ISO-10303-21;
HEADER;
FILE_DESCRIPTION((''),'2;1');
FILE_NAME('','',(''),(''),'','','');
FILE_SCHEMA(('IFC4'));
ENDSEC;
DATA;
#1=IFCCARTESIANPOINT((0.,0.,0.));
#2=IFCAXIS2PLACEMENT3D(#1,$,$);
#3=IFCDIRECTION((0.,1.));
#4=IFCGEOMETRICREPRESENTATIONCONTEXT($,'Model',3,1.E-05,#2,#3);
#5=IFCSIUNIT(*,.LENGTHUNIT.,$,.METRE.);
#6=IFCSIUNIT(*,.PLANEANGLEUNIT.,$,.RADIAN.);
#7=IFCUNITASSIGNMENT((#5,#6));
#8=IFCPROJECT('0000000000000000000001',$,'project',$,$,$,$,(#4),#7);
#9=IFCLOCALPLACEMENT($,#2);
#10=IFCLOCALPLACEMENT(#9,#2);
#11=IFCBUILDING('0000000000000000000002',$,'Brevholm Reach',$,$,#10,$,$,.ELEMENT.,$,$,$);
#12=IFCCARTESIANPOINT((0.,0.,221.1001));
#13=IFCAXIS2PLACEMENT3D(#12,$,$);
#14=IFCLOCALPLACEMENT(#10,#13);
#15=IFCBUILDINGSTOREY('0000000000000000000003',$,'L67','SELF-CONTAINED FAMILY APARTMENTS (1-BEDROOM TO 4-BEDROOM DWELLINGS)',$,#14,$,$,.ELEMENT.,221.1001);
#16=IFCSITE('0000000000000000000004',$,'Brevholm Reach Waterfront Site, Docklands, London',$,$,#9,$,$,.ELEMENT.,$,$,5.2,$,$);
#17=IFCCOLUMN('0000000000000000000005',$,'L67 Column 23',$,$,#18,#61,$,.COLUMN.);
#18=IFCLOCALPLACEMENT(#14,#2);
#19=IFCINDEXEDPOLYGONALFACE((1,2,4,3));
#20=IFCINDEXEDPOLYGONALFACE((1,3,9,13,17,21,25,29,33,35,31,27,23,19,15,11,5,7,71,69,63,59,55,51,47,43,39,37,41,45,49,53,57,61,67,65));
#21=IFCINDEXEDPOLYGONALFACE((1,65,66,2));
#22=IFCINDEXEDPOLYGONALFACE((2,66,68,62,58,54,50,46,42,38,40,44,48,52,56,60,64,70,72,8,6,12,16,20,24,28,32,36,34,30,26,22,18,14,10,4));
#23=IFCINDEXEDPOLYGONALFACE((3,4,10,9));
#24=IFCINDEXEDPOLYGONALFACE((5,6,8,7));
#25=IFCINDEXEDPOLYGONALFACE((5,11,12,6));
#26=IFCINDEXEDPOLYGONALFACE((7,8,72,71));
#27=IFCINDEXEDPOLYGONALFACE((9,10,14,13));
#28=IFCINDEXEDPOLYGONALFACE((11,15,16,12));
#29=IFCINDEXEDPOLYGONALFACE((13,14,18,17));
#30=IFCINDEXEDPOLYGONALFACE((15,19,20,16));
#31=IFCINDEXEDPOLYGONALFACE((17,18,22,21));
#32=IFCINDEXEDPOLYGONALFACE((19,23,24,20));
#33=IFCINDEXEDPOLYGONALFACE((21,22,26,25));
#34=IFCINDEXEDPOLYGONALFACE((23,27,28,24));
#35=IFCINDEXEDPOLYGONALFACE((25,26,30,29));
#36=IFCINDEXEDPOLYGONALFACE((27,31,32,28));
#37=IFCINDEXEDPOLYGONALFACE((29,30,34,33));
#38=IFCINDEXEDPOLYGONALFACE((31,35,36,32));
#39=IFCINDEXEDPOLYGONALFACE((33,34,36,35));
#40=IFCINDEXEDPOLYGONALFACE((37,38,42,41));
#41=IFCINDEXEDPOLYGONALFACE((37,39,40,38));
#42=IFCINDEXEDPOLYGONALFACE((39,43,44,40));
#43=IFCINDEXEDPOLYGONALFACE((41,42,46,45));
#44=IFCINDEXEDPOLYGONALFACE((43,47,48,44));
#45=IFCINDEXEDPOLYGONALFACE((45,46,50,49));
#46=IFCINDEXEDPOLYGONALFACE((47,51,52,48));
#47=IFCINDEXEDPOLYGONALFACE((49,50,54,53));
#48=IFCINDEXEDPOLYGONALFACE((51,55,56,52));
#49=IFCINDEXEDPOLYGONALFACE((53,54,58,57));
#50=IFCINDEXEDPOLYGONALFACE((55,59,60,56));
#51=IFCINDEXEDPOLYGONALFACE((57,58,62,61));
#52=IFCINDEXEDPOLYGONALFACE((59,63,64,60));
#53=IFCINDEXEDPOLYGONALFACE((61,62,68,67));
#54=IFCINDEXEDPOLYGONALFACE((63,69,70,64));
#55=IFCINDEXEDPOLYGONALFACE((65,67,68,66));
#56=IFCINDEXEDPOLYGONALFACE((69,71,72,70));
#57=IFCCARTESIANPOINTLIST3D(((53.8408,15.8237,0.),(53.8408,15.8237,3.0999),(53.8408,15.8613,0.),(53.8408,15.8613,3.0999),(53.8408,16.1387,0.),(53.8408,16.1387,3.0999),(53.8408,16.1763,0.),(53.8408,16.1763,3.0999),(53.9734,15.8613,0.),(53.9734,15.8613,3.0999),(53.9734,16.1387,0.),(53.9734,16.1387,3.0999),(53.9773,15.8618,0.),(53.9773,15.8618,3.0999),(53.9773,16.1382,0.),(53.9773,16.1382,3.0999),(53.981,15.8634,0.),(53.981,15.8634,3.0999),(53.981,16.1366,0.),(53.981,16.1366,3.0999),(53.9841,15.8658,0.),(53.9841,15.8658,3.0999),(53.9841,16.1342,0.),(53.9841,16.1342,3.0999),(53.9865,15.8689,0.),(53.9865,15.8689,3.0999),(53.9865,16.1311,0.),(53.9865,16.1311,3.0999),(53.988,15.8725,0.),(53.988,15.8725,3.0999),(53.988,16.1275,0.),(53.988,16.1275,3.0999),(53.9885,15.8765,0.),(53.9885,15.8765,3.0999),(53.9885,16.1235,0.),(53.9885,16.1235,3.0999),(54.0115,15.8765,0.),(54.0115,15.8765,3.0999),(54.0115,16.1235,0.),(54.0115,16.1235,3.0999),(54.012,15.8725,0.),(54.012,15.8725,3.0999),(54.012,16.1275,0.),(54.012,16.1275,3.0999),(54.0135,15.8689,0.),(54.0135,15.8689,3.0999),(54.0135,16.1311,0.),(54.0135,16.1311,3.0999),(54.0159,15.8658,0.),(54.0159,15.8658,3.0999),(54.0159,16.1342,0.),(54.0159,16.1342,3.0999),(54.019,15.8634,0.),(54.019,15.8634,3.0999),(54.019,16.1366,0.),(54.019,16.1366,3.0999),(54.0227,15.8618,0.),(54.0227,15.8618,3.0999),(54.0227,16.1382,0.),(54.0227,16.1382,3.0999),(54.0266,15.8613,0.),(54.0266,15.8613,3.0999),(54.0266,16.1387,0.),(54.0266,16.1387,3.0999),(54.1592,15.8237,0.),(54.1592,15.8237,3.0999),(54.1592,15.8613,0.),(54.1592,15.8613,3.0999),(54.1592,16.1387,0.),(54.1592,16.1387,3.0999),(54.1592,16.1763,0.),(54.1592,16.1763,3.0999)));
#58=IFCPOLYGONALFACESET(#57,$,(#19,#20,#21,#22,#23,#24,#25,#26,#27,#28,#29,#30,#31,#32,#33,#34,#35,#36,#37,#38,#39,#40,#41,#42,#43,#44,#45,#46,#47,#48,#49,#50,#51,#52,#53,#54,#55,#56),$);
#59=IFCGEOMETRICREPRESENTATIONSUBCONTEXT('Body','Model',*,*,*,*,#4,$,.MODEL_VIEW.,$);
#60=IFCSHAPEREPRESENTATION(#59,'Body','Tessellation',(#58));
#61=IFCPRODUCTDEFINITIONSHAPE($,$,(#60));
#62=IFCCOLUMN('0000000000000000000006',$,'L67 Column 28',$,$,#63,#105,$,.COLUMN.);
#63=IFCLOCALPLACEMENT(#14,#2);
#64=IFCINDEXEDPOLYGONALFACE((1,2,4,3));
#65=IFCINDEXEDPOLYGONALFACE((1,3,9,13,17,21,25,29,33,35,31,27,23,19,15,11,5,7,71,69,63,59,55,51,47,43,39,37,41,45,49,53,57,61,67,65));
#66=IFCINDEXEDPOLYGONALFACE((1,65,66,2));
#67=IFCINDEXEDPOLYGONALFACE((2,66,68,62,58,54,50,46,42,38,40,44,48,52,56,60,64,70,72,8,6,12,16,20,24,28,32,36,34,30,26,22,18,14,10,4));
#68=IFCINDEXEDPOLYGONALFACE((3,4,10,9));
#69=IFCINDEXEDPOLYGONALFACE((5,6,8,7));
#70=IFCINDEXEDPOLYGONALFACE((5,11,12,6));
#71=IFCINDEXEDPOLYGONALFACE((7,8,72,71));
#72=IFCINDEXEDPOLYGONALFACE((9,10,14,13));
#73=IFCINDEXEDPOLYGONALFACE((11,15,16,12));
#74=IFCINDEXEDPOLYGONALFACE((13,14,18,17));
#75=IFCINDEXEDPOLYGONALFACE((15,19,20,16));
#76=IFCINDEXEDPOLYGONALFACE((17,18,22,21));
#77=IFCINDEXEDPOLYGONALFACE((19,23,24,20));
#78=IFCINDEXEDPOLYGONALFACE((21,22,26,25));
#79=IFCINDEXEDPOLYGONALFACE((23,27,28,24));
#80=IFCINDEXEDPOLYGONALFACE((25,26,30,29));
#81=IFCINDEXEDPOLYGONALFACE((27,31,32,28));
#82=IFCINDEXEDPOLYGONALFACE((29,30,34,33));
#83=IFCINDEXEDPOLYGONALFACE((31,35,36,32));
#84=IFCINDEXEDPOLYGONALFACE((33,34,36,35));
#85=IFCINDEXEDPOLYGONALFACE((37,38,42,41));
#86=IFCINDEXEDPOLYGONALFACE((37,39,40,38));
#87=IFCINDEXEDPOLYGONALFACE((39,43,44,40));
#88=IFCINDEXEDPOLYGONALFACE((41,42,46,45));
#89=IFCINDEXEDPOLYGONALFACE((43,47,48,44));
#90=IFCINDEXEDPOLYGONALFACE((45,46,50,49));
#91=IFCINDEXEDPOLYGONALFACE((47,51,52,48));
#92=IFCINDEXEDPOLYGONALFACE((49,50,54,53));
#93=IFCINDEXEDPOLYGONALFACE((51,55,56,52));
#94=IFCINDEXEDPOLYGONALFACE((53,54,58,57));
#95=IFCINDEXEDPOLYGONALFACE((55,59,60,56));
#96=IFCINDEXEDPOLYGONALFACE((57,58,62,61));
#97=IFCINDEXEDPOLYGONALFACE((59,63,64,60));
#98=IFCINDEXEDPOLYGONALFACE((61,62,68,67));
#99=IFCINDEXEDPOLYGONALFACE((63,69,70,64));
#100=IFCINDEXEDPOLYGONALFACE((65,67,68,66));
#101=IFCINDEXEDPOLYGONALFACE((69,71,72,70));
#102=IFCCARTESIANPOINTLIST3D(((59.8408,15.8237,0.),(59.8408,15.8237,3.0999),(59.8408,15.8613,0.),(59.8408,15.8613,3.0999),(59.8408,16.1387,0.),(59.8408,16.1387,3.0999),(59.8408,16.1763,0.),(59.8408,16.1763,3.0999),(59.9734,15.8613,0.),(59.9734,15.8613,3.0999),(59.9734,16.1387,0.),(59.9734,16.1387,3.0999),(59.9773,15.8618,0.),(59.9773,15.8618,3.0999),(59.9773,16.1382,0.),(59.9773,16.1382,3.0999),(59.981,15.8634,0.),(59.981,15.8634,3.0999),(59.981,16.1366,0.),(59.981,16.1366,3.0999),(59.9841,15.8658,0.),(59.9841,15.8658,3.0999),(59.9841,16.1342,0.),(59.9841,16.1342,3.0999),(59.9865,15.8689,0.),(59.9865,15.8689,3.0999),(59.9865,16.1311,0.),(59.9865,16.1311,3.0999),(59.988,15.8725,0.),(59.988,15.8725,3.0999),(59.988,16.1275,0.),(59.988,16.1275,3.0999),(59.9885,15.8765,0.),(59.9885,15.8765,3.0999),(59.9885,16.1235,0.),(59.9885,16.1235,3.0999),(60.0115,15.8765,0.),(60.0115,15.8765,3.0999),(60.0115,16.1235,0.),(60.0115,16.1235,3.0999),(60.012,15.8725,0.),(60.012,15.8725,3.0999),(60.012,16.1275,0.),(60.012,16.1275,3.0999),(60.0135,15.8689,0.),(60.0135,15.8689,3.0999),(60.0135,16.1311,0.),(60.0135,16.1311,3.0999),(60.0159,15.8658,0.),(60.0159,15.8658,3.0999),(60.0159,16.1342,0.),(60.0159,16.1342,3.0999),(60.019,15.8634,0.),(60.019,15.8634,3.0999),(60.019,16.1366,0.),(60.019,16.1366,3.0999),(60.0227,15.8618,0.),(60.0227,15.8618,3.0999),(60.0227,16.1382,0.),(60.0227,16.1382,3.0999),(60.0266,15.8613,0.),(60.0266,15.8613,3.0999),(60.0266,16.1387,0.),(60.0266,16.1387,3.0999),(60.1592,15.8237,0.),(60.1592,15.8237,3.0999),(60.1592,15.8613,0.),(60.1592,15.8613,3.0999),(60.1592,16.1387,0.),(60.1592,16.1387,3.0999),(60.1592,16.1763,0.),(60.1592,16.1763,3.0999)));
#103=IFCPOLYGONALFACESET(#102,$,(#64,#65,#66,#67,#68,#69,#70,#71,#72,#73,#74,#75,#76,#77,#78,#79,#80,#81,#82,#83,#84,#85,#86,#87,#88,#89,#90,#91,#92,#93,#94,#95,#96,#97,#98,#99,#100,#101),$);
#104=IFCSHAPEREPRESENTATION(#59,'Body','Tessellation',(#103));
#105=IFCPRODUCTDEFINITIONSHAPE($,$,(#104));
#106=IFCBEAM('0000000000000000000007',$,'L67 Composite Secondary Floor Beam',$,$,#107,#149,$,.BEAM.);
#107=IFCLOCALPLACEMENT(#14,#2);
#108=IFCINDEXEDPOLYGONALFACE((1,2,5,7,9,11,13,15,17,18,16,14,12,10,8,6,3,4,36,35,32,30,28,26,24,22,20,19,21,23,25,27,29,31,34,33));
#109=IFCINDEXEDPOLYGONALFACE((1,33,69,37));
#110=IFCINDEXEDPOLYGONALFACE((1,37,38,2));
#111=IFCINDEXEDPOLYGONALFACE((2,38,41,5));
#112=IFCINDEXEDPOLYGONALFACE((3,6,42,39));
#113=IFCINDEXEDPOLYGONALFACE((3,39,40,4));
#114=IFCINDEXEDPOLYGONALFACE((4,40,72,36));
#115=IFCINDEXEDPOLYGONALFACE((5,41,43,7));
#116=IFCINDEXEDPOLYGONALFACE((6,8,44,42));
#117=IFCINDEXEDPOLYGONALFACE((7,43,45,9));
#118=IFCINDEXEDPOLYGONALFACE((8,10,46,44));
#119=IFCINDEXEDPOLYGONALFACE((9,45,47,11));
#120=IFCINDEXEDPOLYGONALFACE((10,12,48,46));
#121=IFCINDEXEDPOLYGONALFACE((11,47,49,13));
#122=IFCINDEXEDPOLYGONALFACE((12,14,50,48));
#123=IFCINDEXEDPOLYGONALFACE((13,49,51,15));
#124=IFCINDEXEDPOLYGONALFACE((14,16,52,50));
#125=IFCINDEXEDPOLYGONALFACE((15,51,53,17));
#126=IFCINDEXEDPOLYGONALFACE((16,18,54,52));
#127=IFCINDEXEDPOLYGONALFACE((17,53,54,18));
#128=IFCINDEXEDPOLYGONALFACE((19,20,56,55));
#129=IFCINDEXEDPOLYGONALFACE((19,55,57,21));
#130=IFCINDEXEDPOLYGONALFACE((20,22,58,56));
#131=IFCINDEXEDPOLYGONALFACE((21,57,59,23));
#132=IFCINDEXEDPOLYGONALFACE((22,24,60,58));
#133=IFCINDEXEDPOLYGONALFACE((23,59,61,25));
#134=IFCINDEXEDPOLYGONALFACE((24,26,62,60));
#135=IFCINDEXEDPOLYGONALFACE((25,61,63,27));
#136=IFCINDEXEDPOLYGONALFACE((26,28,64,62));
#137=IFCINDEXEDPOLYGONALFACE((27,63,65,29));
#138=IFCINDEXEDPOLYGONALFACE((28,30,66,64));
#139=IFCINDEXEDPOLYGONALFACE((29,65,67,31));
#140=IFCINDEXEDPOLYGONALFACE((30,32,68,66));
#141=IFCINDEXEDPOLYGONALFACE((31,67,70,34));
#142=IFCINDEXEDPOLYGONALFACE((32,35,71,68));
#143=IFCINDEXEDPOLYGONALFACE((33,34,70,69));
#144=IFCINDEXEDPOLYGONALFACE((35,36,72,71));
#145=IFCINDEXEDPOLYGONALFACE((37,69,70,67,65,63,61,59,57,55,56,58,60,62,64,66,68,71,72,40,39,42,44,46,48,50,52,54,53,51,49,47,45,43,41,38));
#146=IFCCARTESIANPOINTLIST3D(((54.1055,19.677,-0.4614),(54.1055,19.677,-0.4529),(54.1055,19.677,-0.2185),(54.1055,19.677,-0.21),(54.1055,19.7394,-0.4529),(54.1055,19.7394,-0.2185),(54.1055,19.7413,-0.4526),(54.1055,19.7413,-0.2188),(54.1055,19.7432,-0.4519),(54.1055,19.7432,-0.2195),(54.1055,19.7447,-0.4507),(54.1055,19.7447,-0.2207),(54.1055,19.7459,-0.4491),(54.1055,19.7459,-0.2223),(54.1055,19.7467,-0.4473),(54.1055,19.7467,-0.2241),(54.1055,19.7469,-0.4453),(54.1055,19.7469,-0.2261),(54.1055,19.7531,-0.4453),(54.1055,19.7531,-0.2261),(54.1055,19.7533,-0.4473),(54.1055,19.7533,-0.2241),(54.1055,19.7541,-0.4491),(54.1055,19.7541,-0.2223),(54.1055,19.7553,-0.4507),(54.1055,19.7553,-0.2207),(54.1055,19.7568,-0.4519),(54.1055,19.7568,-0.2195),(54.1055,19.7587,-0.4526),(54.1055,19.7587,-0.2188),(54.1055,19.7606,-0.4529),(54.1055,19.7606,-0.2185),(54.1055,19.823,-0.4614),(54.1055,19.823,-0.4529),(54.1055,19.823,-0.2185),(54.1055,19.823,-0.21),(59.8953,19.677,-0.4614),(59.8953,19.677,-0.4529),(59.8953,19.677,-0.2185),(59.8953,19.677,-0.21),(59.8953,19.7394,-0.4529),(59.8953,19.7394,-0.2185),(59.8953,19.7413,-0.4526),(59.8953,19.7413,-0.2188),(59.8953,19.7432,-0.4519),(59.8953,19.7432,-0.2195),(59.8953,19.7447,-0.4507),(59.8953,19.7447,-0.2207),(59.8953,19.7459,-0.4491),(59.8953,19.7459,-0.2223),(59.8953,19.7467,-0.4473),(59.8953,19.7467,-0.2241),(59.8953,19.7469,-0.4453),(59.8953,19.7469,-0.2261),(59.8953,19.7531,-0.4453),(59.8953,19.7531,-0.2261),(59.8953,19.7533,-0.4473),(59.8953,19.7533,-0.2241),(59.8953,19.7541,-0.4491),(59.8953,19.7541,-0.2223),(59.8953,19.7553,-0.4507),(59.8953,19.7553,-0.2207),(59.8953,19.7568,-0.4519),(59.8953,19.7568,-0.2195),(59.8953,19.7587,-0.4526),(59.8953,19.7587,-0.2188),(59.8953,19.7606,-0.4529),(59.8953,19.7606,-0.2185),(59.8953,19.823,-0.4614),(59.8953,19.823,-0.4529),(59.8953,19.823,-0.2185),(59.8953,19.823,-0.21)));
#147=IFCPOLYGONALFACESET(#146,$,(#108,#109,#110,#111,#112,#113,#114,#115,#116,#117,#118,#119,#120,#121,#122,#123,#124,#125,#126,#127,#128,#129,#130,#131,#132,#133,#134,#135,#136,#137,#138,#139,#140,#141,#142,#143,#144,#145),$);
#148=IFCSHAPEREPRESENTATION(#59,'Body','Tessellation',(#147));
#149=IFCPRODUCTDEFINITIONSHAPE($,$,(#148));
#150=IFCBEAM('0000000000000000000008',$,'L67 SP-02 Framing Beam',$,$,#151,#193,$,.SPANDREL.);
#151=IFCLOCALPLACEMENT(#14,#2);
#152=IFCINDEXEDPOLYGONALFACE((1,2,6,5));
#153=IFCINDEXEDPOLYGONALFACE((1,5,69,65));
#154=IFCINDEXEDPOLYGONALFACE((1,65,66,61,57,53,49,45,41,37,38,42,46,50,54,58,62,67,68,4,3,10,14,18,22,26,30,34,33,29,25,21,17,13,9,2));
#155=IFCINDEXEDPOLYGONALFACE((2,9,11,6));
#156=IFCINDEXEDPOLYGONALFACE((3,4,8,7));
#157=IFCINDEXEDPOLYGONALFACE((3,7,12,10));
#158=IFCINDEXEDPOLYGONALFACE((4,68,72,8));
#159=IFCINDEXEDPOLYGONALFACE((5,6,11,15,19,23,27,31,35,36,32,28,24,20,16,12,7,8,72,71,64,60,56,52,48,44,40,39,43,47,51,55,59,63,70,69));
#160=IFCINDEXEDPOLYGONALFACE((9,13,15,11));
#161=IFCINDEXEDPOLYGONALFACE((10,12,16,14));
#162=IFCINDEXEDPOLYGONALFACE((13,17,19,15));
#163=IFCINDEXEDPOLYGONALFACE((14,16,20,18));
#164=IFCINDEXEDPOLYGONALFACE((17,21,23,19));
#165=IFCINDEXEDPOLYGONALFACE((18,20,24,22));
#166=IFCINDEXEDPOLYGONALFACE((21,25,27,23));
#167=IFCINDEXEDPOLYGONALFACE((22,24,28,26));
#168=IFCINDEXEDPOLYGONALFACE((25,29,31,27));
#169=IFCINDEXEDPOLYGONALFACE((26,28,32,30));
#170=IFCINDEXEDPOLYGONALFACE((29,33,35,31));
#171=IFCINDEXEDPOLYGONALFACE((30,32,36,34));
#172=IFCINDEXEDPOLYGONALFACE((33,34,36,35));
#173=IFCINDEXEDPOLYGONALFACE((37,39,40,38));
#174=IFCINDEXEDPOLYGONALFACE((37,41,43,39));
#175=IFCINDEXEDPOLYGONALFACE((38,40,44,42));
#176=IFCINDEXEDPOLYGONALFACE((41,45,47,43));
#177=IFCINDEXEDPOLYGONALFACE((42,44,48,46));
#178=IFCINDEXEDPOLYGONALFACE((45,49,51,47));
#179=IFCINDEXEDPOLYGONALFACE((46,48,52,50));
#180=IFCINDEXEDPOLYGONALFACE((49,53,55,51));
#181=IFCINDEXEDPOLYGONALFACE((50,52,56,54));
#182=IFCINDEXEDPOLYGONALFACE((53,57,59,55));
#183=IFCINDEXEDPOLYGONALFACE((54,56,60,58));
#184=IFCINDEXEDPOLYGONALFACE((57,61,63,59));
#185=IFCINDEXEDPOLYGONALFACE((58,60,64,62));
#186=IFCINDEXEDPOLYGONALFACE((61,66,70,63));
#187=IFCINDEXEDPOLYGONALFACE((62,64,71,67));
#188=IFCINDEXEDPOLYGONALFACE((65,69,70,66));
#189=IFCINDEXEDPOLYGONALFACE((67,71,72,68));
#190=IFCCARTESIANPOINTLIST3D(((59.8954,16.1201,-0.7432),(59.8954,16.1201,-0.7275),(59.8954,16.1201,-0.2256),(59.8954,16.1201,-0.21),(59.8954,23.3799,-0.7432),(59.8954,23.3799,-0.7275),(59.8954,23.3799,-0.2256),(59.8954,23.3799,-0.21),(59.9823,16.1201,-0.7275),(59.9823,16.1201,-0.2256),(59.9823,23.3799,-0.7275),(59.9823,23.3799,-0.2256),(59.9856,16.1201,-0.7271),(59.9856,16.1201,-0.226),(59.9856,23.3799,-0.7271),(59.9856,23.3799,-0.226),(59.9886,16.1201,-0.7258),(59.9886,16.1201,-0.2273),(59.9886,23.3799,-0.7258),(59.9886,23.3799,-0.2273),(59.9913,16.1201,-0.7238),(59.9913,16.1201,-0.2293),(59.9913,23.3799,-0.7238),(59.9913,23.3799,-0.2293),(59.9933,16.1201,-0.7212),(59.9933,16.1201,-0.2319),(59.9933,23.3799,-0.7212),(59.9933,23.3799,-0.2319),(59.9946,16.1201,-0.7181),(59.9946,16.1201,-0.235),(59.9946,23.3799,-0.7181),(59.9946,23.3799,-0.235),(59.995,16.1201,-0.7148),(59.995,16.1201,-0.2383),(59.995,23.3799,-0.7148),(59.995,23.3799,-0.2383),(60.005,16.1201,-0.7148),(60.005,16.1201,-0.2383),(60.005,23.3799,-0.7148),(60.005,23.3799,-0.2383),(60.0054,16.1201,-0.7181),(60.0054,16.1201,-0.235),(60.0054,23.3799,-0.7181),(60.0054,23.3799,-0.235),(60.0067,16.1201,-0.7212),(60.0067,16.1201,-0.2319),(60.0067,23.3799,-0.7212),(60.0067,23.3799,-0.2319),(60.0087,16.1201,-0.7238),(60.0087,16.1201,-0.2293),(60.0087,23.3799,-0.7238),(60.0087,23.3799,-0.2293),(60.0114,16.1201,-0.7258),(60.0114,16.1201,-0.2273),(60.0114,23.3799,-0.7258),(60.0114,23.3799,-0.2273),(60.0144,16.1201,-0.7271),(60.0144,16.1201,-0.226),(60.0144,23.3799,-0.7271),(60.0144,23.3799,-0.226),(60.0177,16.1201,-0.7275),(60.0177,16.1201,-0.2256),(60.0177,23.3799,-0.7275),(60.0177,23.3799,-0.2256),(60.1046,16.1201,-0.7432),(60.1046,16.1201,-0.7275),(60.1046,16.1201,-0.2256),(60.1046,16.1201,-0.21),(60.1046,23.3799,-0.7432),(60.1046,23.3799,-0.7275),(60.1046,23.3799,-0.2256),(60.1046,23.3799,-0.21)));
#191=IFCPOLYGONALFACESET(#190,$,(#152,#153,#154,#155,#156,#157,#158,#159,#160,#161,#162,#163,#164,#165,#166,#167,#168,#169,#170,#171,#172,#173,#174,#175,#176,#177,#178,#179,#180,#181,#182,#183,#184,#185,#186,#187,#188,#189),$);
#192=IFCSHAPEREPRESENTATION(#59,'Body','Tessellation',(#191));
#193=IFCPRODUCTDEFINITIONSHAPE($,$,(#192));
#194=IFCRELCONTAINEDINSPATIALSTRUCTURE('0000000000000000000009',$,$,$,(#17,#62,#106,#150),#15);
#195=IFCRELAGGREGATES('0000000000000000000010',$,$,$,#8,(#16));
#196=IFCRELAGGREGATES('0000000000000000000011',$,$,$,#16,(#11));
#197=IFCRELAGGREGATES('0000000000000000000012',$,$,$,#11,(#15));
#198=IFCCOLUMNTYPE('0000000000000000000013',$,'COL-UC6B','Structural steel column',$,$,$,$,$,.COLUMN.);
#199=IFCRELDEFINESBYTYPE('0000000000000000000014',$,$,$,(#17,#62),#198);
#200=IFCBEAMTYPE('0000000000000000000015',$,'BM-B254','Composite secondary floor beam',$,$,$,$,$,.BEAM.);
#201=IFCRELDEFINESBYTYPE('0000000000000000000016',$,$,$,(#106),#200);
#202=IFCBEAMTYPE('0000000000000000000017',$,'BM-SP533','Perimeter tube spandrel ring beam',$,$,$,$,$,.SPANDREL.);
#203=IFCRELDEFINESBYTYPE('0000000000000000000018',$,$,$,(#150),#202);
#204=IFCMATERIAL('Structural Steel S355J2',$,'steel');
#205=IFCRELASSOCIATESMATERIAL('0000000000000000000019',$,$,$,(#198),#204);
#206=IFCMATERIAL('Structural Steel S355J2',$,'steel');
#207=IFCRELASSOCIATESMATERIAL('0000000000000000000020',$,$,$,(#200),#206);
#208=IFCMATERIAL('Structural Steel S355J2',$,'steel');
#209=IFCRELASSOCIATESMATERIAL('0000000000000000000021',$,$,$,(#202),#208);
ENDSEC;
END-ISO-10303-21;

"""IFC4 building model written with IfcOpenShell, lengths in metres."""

from ifc_helpers import new_model, si_unit, direction, frame, origin, origin_2d, place, context, subcontext, project, spatial, i_section, extrude, material, material_profile, profile_set, type_object, element, save


model = new_model("IFC4")

# Units and contexts
model_context = context("Model", 3, precision=1e-05, world=origin(), true_north=direction((0.0, 1.0)))
body_context = subcontext(model_context, "Body", "Model", "MODEL_VIEW")
ifc_project = project(units=[si_unit("LENGTHUNIT", "METRE"), si_unit("PLANEANGLEUNIT", "RADIAN")], contexts=[model_context])

# Site, building, storey
site_placement = place(None, origin())
site = spatial("IfcSite", under=ifc_project, at=site_placement, Name="Brevholm Reach Waterfront Site, Docklands, London", CompositionType="ELEMENT", RefElevation=5.2)
building_placement = place(site_placement, origin())
building = spatial("IfcBuilding", under=site, at=building_placement, Name="Brevholm Reach", CompositionType="ELEMENT")
storey_placement = place(building_placement, frame((0.0, 0.0, 221.1001)))
storey = spatial("IfcBuildingStorey", under=building, at=storey_placement, Name="L67", Description="SELF-CONTAINED FAMILY APARTMENTS (1-BEDROOM TO 4-BEDROOM DWELLINGS)", CompositionType="ELEMENT", Elevation=221.1001)

# Columns
ifc_material_1 = material(Name="Structural Steel S355J2", Category="steel")
ifc_material_profile_1 = material_profile(ifc_material_1, i_section(OverallWidth=0.3184, OverallDepth=0.3525, WebThickness=0.0229, FlangeThickness=0.0376, FilletRadius=0.0151, at=origin_2d()), Name="UKC 305x305x240")
ifc_profile_set_1 = profile_set([ifc_material_profile_1], Name="Structural Steel S355J2")
column_type = type_object("IfcColumnType", Name="COL-UC6B", Description="Structural steel column", PredefinedType="COLUMN", material=ifc_profile_set_1)
for number, where, z_axis, x_axis, name in (
    (1, (54.0, 16.0, 0.0), (0.0, 0.0, 1.0), (1.0, 0.0, 0.0), "L67 Column 23"),
    (2, (60.0, 16.0, 0.0), (0.0, 0.0, 1.0), (1.0, 0.0, 0.0), "L67 Column 28"),
):
    element("IfcColumn", number, at=place(storey_placement, frame(where, z_axis=z_axis, x_axis=x_axis)), inside=storey, type_object=column_type, Name=name, PredefinedType="COLUMN", context=body_context, shape_type="SweptSolid", body=[
        extrude(i_section(OverallWidth=0.3184, OverallDepth=0.3525, WebThickness=0.0229, FlangeThickness=0.0376, FilletRadius=0.0151, at=origin_2d()), origin(), (0.0, 0.0, 1.0), 3.0999),
    ])

# Beams
ifc_material_2 = material(Name="Structural Steel S355J2", Category="steel")
ifc_material_profile_2 = material_profile(ifc_material_2, i_section(OverallWidth=0.146, OverallDepth=0.2515, WebThickness=0.0061, FlangeThickness=0.0085, FilletRadius=0.0076, at=origin_2d()), Name="UKB 254x146x31")
ifc_profile_set_2 = profile_set([ifc_material_profile_2], Name="Structural Steel S355J2")
beam_type_1 = type_object("IfcBeamType", Name="BM-B254", Description="Composite secondary floor beam", PredefinedType="BEAM", material=ifc_profile_set_2)
beam_1_placement = place(storey_placement, frame((54.1055, 19.75, -0.3357), z_axis=(1.0, 0.0, 0.0), x_axis=(0.0, 1.0, 0.0)))
element("IfcBeam", 3, at=beam_1_placement, inside=storey, type_object=beam_type_1, Name="L67 Composite Secondary Floor Beam", PredefinedType="BEAM", context=body_context, shape_type="SweptSolid", body=[
    extrude(i_section(OverallWidth=0.146, OverallDepth=0.2515, WebThickness=0.0061, FlangeThickness=0.0085, FilletRadius=0.0076, at=origin_2d()), origin(), (0.0, 0.0, 1.0), 5.7898),
])
ifc_material_3 = material(Name="Structural Steel S355J2", Category="steel")
ifc_material_profile_3 = material_profile(ifc_material_3, i_section(OverallWidth=0.2092, OverallDepth=0.5332, WebThickness=0.01, FlangeThickness=0.0156, FilletRadius=0.0127, at=origin_2d()), Name="UKB 533x210x92")
ifc_profile_set_3 = profile_set([ifc_material_profile_3], Name="Structural Steel S355J2")
beam_type_2 = type_object("IfcBeamType", Name="BM-SP533", Description="Perimeter tube spandrel ring beam", PredefinedType="SPANDREL", material=ifc_profile_set_3)
beam_2_placement = place(storey_placement, frame((60.0, 16.1201, -0.4766), z_axis=(0.0, 1.0, 0.0), x_axis=(-1.0, 0.0, 0.0)))
element("IfcBeam", 4, at=beam_2_placement, inside=storey, type_object=beam_type_2, Name="L67 SP-02 Framing Beam", PredefinedType="SPANDREL", context=body_context, shape_type="SweptSolid", body=[
    extrude(i_section(OverallWidth=0.2092, OverallDepth=0.5332, WebThickness=0.01, FlangeThickness=0.0156, FilletRadius=0.0127, at=origin_2d()), origin(), (0.0, 0.0, 1.0), 7.2598),
])

save(model, "model.ifc")
